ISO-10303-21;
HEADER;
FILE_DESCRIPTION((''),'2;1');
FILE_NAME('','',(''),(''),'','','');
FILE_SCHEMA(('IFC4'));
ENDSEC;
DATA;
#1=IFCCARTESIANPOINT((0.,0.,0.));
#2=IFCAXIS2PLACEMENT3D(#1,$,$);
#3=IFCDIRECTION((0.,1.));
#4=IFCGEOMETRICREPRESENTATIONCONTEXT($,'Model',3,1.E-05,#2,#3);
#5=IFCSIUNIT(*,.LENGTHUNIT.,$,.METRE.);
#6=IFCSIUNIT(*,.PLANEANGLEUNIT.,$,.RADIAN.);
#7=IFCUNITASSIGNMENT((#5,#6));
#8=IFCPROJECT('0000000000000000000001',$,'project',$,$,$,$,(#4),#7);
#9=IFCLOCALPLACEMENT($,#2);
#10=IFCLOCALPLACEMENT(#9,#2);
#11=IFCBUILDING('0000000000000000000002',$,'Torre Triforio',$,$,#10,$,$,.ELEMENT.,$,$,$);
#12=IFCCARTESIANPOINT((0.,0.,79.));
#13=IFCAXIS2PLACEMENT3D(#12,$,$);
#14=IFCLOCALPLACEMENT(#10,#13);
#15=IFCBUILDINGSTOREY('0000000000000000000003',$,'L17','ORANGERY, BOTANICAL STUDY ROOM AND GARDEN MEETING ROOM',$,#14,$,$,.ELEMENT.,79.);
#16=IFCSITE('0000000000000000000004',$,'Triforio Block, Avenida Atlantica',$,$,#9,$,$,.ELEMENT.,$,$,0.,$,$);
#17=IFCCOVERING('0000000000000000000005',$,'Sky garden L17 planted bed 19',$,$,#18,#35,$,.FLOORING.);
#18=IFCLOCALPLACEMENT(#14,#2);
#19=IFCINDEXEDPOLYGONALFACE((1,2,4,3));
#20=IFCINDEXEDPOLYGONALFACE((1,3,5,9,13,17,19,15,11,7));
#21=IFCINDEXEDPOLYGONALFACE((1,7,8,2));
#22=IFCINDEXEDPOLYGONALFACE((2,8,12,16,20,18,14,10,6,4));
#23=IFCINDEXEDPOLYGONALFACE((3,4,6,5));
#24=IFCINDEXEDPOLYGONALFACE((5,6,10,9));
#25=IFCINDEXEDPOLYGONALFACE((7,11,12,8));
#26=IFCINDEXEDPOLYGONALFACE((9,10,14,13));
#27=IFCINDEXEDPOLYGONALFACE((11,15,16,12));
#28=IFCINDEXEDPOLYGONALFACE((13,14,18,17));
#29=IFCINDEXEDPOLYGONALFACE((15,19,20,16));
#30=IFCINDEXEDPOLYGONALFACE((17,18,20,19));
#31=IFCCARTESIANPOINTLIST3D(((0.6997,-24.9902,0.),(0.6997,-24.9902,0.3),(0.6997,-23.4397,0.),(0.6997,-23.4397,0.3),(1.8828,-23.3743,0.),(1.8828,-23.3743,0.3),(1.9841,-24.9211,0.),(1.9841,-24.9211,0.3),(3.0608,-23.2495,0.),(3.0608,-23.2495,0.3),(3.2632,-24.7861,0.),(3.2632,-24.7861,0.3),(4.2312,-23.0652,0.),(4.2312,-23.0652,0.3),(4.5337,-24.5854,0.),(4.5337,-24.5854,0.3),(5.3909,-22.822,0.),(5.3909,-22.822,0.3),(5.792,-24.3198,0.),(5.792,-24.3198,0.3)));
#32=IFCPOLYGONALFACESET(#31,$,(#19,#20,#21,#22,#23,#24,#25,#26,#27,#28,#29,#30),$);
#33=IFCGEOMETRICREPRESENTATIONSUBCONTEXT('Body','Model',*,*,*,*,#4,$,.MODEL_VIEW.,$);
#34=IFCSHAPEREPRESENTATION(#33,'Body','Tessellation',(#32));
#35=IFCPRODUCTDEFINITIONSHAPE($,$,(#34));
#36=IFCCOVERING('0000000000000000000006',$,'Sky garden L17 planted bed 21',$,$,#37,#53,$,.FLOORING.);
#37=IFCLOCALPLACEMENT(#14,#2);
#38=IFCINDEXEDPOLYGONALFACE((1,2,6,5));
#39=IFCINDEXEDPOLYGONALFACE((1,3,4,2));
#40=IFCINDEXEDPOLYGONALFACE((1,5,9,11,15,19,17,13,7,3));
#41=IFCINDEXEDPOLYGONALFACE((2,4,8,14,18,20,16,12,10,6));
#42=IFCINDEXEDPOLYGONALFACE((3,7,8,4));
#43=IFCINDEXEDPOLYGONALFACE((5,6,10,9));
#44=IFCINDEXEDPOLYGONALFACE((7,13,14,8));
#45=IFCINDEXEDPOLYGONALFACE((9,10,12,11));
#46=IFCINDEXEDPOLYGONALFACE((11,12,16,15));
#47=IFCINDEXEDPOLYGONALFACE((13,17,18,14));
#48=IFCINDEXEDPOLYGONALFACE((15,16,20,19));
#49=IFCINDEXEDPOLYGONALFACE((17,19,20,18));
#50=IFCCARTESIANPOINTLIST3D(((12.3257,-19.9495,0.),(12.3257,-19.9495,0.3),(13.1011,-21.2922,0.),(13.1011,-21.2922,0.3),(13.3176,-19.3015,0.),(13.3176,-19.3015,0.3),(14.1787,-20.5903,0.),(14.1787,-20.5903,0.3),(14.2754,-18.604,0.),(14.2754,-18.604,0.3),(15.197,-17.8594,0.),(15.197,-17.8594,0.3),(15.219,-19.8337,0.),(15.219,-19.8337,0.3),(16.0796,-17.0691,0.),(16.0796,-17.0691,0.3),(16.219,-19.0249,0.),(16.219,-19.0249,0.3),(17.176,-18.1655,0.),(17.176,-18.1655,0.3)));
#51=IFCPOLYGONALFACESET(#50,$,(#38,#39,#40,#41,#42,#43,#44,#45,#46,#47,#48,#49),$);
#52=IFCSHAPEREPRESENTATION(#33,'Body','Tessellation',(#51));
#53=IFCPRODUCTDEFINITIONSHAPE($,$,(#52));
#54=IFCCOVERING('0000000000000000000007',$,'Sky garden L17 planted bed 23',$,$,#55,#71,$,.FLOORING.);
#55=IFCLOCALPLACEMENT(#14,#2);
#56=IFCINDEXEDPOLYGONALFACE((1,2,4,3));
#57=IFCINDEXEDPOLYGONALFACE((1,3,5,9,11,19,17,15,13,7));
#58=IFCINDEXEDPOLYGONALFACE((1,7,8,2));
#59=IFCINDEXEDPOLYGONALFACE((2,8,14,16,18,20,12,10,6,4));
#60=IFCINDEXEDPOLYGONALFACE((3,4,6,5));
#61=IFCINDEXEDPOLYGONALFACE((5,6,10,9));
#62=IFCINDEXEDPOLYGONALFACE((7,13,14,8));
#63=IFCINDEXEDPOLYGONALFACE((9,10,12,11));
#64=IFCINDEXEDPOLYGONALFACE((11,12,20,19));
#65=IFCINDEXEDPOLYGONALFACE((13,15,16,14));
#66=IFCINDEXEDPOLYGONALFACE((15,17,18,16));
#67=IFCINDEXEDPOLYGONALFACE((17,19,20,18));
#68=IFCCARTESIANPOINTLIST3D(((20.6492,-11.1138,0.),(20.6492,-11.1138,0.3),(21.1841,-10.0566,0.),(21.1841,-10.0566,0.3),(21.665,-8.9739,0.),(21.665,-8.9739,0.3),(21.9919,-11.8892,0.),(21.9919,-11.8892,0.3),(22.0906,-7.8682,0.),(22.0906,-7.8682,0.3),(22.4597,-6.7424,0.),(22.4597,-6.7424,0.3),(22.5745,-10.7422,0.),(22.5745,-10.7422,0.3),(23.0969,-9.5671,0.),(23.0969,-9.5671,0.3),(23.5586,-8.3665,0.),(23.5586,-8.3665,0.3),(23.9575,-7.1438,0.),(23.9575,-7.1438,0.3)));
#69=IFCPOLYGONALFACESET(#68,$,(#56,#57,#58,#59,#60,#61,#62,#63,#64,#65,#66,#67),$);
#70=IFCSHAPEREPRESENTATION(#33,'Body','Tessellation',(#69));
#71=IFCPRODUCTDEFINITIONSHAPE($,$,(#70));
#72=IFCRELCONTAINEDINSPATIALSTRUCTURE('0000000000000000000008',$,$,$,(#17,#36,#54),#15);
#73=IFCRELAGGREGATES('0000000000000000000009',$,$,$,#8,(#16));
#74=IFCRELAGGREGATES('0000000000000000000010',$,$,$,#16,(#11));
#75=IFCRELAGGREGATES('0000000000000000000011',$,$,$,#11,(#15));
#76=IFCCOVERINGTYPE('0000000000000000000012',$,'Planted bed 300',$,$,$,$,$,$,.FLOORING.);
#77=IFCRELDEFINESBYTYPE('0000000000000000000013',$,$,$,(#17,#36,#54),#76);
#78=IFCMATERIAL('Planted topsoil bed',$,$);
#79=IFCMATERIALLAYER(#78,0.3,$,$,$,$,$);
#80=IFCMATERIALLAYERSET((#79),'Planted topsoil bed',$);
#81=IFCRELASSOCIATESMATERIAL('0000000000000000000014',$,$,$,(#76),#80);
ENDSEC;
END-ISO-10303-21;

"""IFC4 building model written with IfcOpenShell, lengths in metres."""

from ifc_helpers import new_model, si_unit, direction, frame, origin, place, context, subcontext, project, spatial, polyline, outline, extrude, material, layer, layer_set, type_object, element, save


model = new_model("IFC4")

# Units and contexts
model_context = context("Model", 3, precision=1e-05, world=origin(), true_north=direction((0.0, 1.0)))
body_context = subcontext(model_context, "Body", "Model", "MODEL_VIEW")
ifc_project = project(units=[si_unit("LENGTHUNIT", "METRE"), si_unit("PLANEANGLEUNIT", "RADIAN")], contexts=[model_context])

# Site, building, storey
site_placement = place(None, origin())
site = spatial("IfcSite", under=ifc_project, at=site_placement, Name="Triforio Block, Avenida Atlantica", CompositionType="ELEMENT", RefElevation=0.0)
building_placement = place(site_placement, origin())
building = spatial("IfcBuilding", under=site, at=building_placement, Name="Torre Triforio", CompositionType="ELEMENT")
storey_placement = place(building_placement, frame((0.0, 0.0, 79.0)))
storey = spatial("IfcBuildingStorey", under=building, at=storey_placement, Name="L17", Description="ORANGERY, BOTANICAL STUDY ROOM AND GARDEN MEETING ROOM", CompositionType="ELEMENT", Elevation=79.0)

# Coverings
ifc_material_1 = material(Name="Planted topsoil bed")
ifc_layer_1 = layer(ifc_material_1, 0.3)
ifc_layer_set_1 = layer_set([ifc_layer_1], Name="Planted topsoil bed")
covering_type = type_object("IfcCoveringType", Name="Planted bed 300", PredefinedType="FLOORING", material=ifc_layer_set_1)
covering_1_placement = place(storey_placement, origin())
element("IfcCovering", 1, at=covering_1_placement, inside=storey, type_object=covering_type, Name="Sky garden L17 planted bed 19", PredefinedType="FLOORING", context=body_context, shape_type="SweptSolid", body=[
    extrude(outline(polyline([(0.6997, -23.4397), (1.8828, -23.3743), (3.0608, -23.2495), (4.2312, -23.0652), (5.3909, -22.822), (5.792, -24.3198), (4.5337, -24.5854), (3.2632, -24.7861), (1.9841, -24.9211), (0.6997, -24.9902), (0.6997, -23.4397)])), origin(), (0.0, 0.0, 1.0), 0.3),
])
covering_2_placement = place(storey_placement, origin())
element("IfcCovering", 2, at=covering_2_placement, inside=storey, type_object=covering_type, Name="Sky garden L17 planted bed 21", PredefinedType="FLOORING", context=body_context, shape_type="SweptSolid", body=[
    extrude(outline(polyline([(12.3257, -19.9495), (13.3176, -19.3015), (14.2754, -18.604), (15.197, -17.8594), (16.0796, -17.0691), (17.176, -18.1655), (16.219, -19.0249), (15.219, -19.8337), (14.1787, -20.5903), (13.1011, -21.2922), (12.3257, -19.9495)])), origin(), (0.0, 0.0, 1.0), 0.3),
])
covering_3_placement = place(storey_placement, origin())
element("IfcCovering", 3, at=covering_3_placement, inside=storey, type_object=covering_type, Name="Sky garden L17 planted bed 23", PredefinedType="FLOORING", context=body_context, shape_type="SweptSolid", body=[
    extrude(outline(polyline([(20.6492, -11.1138), (21.1841, -10.0566), (21.665, -8.9739), (22.0906, -7.8682), (22.4597, -6.7424), (23.9575, -7.1438), (23.5586, -8.3665), (23.0969, -9.5671), (22.5745, -10.7422), (21.9919, -11.8892), (20.6492, -11.1138)])), origin(), (0.0, 0.0, 1.0), 0.3),
])

save(model, "model.ifc")
